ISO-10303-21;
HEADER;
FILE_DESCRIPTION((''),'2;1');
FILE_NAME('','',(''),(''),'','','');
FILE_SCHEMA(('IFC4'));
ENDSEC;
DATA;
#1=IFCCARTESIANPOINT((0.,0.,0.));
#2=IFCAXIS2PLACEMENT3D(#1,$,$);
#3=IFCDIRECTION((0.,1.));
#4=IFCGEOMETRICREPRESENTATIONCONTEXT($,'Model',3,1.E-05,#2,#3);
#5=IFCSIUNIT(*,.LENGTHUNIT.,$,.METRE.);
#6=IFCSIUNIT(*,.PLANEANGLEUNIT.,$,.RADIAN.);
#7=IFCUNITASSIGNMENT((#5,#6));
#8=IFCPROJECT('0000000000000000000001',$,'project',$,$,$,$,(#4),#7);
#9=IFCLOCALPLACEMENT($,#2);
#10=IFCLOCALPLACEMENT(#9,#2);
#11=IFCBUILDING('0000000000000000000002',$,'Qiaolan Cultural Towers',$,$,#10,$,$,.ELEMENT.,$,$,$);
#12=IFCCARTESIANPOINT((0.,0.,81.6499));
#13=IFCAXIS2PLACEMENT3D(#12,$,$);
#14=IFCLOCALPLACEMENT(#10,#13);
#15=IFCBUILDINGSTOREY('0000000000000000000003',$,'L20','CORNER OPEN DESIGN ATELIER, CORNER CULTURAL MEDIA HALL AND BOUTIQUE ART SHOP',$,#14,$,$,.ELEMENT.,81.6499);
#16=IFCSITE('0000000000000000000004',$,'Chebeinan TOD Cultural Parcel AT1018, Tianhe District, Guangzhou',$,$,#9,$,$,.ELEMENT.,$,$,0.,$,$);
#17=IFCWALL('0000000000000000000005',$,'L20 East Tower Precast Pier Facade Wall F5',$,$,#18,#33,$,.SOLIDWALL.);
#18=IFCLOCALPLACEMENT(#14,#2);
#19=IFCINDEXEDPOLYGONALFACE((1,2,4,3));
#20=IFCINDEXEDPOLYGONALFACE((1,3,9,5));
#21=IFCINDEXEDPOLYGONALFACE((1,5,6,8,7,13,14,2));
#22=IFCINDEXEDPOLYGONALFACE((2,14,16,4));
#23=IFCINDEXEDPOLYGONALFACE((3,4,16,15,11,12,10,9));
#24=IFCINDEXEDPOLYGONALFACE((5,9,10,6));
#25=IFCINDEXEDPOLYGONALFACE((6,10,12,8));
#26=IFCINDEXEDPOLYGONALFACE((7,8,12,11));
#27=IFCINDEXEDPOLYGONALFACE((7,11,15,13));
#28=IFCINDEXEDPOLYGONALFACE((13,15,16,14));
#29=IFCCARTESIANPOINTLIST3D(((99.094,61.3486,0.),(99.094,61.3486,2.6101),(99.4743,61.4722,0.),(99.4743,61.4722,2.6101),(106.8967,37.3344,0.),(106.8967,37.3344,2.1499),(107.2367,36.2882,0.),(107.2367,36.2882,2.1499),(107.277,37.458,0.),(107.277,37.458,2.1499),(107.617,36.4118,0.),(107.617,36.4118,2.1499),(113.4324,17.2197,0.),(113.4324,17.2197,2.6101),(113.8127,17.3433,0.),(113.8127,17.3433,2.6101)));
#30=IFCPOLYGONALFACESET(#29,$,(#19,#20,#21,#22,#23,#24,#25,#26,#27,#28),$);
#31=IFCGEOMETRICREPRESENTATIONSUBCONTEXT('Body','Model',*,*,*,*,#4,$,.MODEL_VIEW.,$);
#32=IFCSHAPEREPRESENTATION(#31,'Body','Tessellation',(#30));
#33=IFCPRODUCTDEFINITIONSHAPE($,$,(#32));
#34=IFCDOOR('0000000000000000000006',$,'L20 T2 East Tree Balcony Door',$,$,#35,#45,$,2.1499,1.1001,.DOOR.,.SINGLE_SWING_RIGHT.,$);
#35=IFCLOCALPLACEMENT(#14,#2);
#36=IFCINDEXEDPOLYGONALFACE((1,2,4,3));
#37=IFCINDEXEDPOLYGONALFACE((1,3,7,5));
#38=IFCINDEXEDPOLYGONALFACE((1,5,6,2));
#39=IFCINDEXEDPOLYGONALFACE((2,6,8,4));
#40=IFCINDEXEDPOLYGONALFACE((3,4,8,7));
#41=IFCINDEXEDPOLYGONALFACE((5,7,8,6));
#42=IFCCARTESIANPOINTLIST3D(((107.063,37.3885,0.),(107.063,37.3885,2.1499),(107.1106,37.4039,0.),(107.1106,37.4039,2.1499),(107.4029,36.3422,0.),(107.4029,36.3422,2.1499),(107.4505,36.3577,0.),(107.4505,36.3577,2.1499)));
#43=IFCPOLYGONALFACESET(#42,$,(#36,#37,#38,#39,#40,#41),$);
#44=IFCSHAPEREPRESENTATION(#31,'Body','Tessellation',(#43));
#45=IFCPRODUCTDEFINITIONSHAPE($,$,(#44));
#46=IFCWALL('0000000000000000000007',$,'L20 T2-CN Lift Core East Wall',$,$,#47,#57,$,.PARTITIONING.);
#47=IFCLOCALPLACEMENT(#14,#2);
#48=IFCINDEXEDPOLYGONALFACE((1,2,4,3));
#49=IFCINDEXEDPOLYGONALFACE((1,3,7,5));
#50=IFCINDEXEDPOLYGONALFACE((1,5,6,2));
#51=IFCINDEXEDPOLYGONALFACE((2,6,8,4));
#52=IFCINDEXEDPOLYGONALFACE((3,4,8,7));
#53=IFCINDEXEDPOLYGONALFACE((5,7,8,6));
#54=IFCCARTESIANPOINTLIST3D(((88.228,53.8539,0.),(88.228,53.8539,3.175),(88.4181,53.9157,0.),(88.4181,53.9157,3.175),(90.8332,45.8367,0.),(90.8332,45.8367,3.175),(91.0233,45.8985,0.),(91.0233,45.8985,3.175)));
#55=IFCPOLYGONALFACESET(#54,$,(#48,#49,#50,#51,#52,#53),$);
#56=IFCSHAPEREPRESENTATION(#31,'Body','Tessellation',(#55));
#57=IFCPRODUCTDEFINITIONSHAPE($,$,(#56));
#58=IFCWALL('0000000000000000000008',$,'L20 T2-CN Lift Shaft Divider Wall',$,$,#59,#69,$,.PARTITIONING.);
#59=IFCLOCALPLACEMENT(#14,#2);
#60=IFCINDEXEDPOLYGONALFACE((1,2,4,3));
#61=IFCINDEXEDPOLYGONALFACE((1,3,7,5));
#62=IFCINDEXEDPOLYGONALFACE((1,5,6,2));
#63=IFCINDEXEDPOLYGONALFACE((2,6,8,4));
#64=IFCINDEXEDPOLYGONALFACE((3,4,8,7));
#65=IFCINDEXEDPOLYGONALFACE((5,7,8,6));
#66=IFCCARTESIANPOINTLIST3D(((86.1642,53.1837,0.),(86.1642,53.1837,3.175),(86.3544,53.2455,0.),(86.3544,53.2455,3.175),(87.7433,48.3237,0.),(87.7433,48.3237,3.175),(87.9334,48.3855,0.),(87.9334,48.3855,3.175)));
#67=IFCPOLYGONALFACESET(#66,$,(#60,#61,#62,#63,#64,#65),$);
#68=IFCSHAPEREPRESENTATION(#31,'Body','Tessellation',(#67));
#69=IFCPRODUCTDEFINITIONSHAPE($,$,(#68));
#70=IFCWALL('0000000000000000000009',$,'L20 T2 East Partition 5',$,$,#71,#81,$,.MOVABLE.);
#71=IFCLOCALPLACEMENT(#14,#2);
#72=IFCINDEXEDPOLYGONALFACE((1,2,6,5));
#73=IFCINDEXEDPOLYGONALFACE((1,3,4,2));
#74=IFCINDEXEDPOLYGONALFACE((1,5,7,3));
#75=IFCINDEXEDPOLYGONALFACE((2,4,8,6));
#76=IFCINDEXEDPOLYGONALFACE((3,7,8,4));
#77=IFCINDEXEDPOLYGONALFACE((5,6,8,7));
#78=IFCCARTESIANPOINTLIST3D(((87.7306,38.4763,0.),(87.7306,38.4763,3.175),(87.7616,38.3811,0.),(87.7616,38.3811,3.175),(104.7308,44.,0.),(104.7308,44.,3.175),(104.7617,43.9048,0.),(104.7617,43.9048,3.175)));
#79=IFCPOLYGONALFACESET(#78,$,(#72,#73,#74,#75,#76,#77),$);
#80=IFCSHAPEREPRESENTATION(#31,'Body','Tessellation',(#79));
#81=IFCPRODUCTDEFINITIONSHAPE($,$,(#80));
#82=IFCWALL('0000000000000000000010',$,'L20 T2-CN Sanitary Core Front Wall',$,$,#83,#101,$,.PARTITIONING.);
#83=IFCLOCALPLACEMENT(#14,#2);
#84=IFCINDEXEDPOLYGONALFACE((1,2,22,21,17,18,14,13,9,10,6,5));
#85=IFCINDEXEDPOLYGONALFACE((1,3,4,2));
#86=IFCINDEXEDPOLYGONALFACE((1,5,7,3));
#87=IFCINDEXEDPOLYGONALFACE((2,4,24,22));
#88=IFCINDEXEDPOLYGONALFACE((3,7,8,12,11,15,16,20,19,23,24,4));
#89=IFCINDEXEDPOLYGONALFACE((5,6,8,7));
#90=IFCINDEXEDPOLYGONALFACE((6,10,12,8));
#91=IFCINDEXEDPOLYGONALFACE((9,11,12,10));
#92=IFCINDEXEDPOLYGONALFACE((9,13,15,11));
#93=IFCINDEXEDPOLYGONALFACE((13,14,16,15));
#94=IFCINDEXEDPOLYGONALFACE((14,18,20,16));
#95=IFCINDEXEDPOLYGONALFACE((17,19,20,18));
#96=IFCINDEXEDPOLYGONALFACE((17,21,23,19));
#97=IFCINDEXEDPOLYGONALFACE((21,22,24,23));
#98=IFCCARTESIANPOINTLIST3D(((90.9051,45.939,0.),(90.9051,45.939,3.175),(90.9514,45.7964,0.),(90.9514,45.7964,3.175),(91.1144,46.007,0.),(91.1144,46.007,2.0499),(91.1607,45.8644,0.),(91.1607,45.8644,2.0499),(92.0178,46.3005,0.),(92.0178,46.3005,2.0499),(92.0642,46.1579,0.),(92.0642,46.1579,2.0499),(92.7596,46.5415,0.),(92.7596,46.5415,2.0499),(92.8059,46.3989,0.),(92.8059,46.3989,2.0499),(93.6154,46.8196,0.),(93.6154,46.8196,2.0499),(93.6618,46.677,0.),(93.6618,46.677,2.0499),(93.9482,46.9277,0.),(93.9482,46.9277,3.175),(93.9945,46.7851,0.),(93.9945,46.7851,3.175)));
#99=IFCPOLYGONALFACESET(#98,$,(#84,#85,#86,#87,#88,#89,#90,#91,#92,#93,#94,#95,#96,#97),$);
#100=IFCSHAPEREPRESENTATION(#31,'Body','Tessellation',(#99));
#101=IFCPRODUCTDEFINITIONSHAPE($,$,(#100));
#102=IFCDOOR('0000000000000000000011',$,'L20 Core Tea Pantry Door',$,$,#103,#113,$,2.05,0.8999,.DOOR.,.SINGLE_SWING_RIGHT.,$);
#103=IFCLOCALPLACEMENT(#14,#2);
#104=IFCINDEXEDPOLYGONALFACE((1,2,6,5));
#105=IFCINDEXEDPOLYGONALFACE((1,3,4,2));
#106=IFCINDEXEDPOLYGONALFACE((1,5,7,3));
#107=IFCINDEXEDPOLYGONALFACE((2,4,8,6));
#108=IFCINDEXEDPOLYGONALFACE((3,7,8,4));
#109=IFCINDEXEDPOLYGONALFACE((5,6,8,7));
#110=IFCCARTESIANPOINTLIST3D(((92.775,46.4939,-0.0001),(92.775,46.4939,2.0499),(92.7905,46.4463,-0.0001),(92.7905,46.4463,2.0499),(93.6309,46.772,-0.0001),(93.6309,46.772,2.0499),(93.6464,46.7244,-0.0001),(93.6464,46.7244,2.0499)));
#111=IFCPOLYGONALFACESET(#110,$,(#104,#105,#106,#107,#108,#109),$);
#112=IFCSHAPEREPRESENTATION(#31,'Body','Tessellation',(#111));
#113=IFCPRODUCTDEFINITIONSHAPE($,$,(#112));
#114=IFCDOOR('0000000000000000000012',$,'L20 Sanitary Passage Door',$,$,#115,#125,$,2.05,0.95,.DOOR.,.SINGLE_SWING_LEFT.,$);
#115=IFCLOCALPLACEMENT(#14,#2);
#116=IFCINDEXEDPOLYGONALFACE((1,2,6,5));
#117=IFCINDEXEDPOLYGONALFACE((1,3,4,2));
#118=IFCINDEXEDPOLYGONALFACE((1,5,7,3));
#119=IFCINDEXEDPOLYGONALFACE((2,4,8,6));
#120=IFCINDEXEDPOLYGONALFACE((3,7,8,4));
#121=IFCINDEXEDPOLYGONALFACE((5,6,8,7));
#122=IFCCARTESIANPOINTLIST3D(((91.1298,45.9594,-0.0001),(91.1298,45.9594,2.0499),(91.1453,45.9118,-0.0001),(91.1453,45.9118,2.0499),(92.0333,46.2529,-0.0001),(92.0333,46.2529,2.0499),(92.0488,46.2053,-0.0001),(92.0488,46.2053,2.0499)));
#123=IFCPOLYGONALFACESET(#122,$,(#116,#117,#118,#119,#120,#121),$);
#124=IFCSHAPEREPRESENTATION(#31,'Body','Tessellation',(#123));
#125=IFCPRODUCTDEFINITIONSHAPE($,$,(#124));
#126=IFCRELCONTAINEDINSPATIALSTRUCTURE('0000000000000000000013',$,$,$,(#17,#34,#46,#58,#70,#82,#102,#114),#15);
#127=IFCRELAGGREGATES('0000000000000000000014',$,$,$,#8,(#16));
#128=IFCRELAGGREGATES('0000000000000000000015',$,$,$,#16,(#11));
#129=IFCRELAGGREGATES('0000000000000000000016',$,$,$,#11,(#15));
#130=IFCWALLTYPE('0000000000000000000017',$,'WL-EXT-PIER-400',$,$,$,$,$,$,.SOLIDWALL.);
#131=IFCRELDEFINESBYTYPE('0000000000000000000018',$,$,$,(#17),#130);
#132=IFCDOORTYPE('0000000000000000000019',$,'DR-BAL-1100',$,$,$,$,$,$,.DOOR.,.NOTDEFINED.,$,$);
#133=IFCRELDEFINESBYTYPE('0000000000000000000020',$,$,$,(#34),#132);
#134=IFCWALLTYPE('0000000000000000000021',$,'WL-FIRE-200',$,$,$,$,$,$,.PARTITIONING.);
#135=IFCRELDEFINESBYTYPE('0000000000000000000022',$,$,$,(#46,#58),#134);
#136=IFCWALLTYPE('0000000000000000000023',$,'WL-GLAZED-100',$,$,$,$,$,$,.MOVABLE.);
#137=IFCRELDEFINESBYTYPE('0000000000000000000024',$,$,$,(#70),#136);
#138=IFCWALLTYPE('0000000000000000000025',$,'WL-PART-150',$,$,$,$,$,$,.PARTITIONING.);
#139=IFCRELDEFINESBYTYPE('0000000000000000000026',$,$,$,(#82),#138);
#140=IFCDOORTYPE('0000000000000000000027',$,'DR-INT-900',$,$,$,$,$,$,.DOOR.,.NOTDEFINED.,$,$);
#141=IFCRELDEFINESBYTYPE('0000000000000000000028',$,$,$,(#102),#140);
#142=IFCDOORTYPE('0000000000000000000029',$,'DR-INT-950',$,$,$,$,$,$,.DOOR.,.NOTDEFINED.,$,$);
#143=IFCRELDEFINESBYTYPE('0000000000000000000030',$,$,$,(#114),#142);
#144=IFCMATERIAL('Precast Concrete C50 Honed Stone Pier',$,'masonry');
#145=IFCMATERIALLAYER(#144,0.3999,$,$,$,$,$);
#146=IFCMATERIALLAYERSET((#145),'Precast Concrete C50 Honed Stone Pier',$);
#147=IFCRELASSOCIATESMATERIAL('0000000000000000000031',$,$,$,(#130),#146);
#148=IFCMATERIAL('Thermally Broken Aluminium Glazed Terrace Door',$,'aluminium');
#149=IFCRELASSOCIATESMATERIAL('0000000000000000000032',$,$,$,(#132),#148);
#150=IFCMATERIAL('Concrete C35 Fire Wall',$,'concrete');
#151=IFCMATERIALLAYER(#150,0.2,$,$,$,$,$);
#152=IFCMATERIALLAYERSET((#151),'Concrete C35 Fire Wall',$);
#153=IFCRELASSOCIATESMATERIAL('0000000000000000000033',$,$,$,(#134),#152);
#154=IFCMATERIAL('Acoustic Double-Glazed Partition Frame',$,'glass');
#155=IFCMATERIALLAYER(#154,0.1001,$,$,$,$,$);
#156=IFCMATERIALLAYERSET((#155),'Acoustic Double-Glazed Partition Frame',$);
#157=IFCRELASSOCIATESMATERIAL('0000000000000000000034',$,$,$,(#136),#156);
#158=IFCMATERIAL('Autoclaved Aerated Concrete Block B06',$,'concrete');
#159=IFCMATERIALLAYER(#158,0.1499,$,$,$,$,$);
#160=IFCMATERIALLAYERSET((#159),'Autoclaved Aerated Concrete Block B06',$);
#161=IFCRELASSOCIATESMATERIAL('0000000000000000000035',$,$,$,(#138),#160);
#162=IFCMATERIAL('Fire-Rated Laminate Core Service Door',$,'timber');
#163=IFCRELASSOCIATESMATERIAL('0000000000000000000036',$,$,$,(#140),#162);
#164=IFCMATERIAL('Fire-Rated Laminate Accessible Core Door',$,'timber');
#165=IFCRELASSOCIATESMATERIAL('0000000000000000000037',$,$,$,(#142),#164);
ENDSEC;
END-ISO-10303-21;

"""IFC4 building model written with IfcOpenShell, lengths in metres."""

from ifc_helpers import new_model, si_unit, direction, frame, frame_2d, origin, place, context, subcontext, project, spatial, rectangle, extrude, material, layer, layer_set, type_object, element, fill, save


model = new_model("IFC4")

# Units and contexts
model_context = context("Model", 3, precision=1e-05, world=origin(), true_north=direction((0.0, 1.0)))
body_context = subcontext(model_context, "Body", "Model", "MODEL_VIEW")
ifc_project = project(units=[si_unit("LENGTHUNIT", "METRE"), si_unit("PLANEANGLEUNIT", "RADIAN")], contexts=[model_context])

# Site, building, storey
site_placement = place(None, origin())
site = spatial("IfcSite", under=ifc_project, at=site_placement, Name="Chebeinan TOD Cultural Parcel AT1018, Tianhe District, Guangzhou", CompositionType="ELEMENT", RefElevation=0.0)
building_placement = place(site_placement, origin())
building = spatial("IfcBuilding", under=site, at=building_placement, Name="Qiaolan Cultural Towers", CompositionType="ELEMENT")
storey_placement = place(building_placement, frame((0.0, 0.0, 81.6499)))
storey = spatial("IfcBuildingStorey", under=building, at=storey_placement, Name="L20", Description="CORNER OPEN DESIGN ATELIER, CORNER CULTURAL MEDIA HALL AND BOUTIQUE ART SHOP", CompositionType="ELEMENT", Elevation=81.6499)

# Shared definitions
ifc_material_1 = material(Name="Precast Concrete C50 Honed Stone Pier", Category="masonry")
ifc_layer_1 = layer(ifc_material_1, 0.3999)
ifc_layer_set_1 = layer_set([ifc_layer_1], Name="Precast Concrete C50 Honed Stone Pier")
wall_type_1 = type_object("IfcWallType", Name="WL-EXT-PIER-400", PredefinedType="SOLIDWALL", material=ifc_layer_set_1)

# Wall, opening, door
wall_1_placement = place(storey_placement, frame((99.2842, 61.4104, 0.0), z_axis=(0.0, 0.0, 1.0), x_axis=(0.309018, -0.951056, 0.0)))
wall_1 = element("IfcWall", 1, at=wall_1_placement, inside=storey, type_object=wall_type_1, Name="L20 East Tower Precast Pier Facade Wall F5", PredefinedType="SOLIDWALL", context=body_context, shape_type="SweptSolid", body=[
    extrude(rectangle(XDim=46.3999, YDim=0.3999, at=frame_2d((23.2, 0.0))), origin(), (0.0, 0.0, 1.0), 2.6101),
])
opening_1_placement = place(wall_1_placement, frame((25.25, 0.0, 0.0)))
opening_1 = element("IfcOpeningElement", 2, at=opening_1_placement, cuts=wall_1, PredefinedType="OPENING", context=body_context, shape_type="SweptSolid", body=[
    extrude(rectangle(XDim=1.1001, YDim=2.1499, at=frame_2d((0.55, 1.075))), frame((0.0, 0.21, 0.0), z_axis=(0.0, -1.0, 0.0), x_axis=(1.0, 0.0, 0.0)), (0.0, 0.0, 1.0), 0.4199),
])
ifc_material_2 = material(Name="Thermally Broken Aluminium Glazed Terrace Door", Category="aluminium")
door_type_1 = type_object("IfcDoorType", Name="DR-BAL-1100", OperationType="NOTDEFINED", PredefinedType="DOOR", material=ifc_material_2)
door_1_placement = place(opening_1_placement, origin())
door_1 = element("IfcDoor", 3, at=door_1_placement, inside=storey, type_object=door_type_1, Name="L20 T2 East Tree Balcony Door", OperationType="SINGLE_SWING_RIGHT", OverallHeight=2.1499, OverallWidth=1.1001, PredefinedType="DOOR", context=body_context, shape_type="SweptSolid", body=[
    extrude(rectangle(XDim=1.1001, YDim=2.1499, at=frame_2d((0.55, 1.075))), frame((0.0, 0.0249, 0.0), z_axis=(0.0, -1.0, 0.0), x_axis=(1.0, 0.0, 0.0)), (0.0, 0.0, 1.0), 0.05),
])
fill(opening_1, door_1)

# Walls
ifc_material_3 = material(Name="Concrete C35 Fire Wall", Category="concrete")
ifc_layer_2 = layer(ifc_material_3, 0.2)
ifc_layer_set_2 = layer_set([ifc_layer_2], Name="Concrete C35 Fire Wall")
wall_type_2 = type_object("IfcWallType", Name="WL-FIRE-200", PredefinedType="PARTITIONING", material=ifc_layer_set_2)
wall_2_placement = place(storey_placement, frame((90.9282, 45.8677, 0.0), z_axis=(0.0, 0.0, 1.0), x_axis=(-0.309042, 0.951048, 0.0)))
element("IfcWall", 4, at=wall_2_placement, inside=storey, type_object=wall_type_2, Name="L20 T2-CN Lift Core East Wall", PredefinedType="PARTITIONING", context=body_context, shape_type="SweptSolid", body=[
    extrude(rectangle(XDim=8.4299, YDim=0.2, at=frame_2d((4.2148, 0.0))), origin(), (0.0, 0.0, 1.0), 3.175),
])
wall_3_placement = place(storey_placement, frame((87.8384, 48.3545, 0.0), z_axis=(0.0, 0.0, 1.0), x_axis=(-0.309009, 0.951059, 0.0)))
element("IfcWall", 5, at=wall_3_placement, inside=storey, type_object=wall_type_2, Name="L20 T2-CN Lift Shaft Divider Wall", PredefinedType="PARTITIONING", context=body_context, shape_type="SweptSolid", body=[
    extrude(rectangle(XDim=5.1101, YDim=0.2, at=frame_2d((2.5552, 0.0))), origin(), (0.0, 0.0, 1.0), 3.175),
])
ifc_material_4 = material(Name="Acoustic Double-Glazed Partition Frame", Category="glass")
ifc_layer_3 = layer(ifc_material_4, 0.1001)
ifc_layer_set_3 = layer_set([ifc_layer_3], Name="Acoustic Double-Glazed Partition Frame")
wall_type_3 = type_object("IfcWallType", Name="WL-GLAZED-100", PredefinedType="MOVABLE", material=ifc_layer_set_3)
wall_4_placement = place(storey_placement, frame((87.7461, 38.4287, 0.0), z_axis=(0.0, 0.0, 1.0), x_axis=(0.951057, 0.309015, 0.0)))
element("IfcWall", 6, at=wall_4_placement, inside=storey, type_object=wall_type_3, Name="L20 T2 East Partition 5", PredefinedType="MOVABLE", context=body_context, shape_type="SweptSolid", body=[
    extrude(rectangle(XDim=17.875, YDim=0.1001, at=frame_2d((8.9375, 0.0))), origin(), (0.0, 0.0, 1.0), 3.175),
])

# Wall, openings, doors
ifc_material_5 = material(Name="Autoclaved Aerated Concrete Block B06", Category="concrete")
ifc_layer_4 = layer(ifc_material_5, 0.1499)
ifc_layer_set_4 = layer_set([ifc_layer_4], Name="Autoclaved Aerated Concrete Block B06")
wall_type_4 = type_object("IfcWallType", Name="WL-PART-150", PredefinedType="PARTITIONING", material=ifc_layer_set_4)
wall_5_placement = place(storey_placement, frame((90.9282, 45.8677, 0.0), z_axis=(0.0, 0.0, 1.0), x_axis=(0.951059, 0.309008, 0.0)))
wall_5 = element("IfcWall", 7, at=wall_5_placement, inside=storey, type_object=wall_type_4, Name="L20 T2-CN Sanitary Core Front Wall", PredefinedType="PARTITIONING", context=body_context, shape_type="SweptSolid", body=[
    extrude(rectangle(XDim=3.1997, YDim=0.1499, at=frame_2d((1.5999, 0.0))), origin(), (0.0, 0.0, 1.0), 3.175),
])
opening_2_placement = place(wall_5_placement, frame((0.22, 0.0, 0.0)))
opening_2 = element("IfcOpeningElement", 8, at=opening_2_placement, cuts=wall_5, PredefinedType="OPENING", context=body_context, shape_type="SweptSolid", body=[
    extrude(rectangle(XDim=0.95, YDim=2.05, at=frame_2d((0.4751, 1.0249))), frame((0.0, 0.085, 0.0), z_axis=(0.0, -1.0, 0.0), x_axis=(1.0, 0.0, 0.0)), (0.0, 0.0, 1.0), 0.1699),
])
opening_3_placement = place(wall_5_placement, frame((1.95, 0.0, 0.0)))
opening_3 = element("IfcOpeningElement", 9, at=opening_3_placement, cuts=wall_5, PredefinedType="OPENING", context=body_context, shape_type="SweptSolid", body=[
    extrude(rectangle(XDim=0.8999, YDim=2.05, at=frame_2d((0.45, 1.0249))), frame((0.0, 0.085, 0.0), z_axis=(0.0, -1.0, 0.0), x_axis=(1.0, 0.0, 0.0)), (0.0, 0.0, 1.0), 0.1699),
])
ifc_material_6 = material(Name="Fire-Rated Laminate Core Service Door", Category="timber")
door_type_2 = type_object("IfcDoorType", Name="DR-INT-900", OperationType="NOTDEFINED", PredefinedType="DOOR", material=ifc_material_6)
door_2_placement = place(opening_3_placement, origin())
door_2 = element("IfcDoor", 10, at=door_2_placement, inside=storey, type_object=door_type_2, Name="L20 Core Tea Pantry Door", OperationType="SINGLE_SWING_RIGHT", OverallHeight=2.05, OverallWidth=0.8999, PredefinedType="DOOR", context=body_context, shape_type="SweptSolid", body=[
    extrude(rectangle(XDim=0.8999, YDim=2.05, at=frame_2d((0.45, 1.0249))), frame((0.0, 0.0249, 0.0), z_axis=(0.0, -1.0, 0.0), x_axis=(1.0, 0.0, 0.0)), (0.0, 0.0, 1.0), 0.05),
])
fill(opening_3, door_2)
ifc_material_7 = material(Name="Fire-Rated Laminate Accessible Core Door", Category="timber")
door_type_3 = type_object("IfcDoorType", Name="DR-INT-950", OperationType="NOTDEFINED", PredefinedType="DOOR", material=ifc_material_7)
door_3_placement = place(opening_2_placement, origin())
door_3 = element("IfcDoor", 11, at=door_3_placement, inside=storey, type_object=door_type_3, Name="L20 Sanitary Passage Door", OperationType="SINGLE_SWING_LEFT", OverallHeight=2.05, OverallWidth=0.95, PredefinedType="DOOR", context=body_context, shape_type="SweptSolid", body=[
    extrude(rectangle(XDim=0.95, YDim=2.05, at=frame_2d((0.4751, 1.0249))), frame((0.0, 0.0249, 0.0), z_axis=(0.0, -1.0, 0.0), x_axis=(1.0, 0.0, 0.0)), (0.0, 0.0, 1.0), 0.05),
])
fill(opening_2, door_3)

save(model, "model.ifc")
